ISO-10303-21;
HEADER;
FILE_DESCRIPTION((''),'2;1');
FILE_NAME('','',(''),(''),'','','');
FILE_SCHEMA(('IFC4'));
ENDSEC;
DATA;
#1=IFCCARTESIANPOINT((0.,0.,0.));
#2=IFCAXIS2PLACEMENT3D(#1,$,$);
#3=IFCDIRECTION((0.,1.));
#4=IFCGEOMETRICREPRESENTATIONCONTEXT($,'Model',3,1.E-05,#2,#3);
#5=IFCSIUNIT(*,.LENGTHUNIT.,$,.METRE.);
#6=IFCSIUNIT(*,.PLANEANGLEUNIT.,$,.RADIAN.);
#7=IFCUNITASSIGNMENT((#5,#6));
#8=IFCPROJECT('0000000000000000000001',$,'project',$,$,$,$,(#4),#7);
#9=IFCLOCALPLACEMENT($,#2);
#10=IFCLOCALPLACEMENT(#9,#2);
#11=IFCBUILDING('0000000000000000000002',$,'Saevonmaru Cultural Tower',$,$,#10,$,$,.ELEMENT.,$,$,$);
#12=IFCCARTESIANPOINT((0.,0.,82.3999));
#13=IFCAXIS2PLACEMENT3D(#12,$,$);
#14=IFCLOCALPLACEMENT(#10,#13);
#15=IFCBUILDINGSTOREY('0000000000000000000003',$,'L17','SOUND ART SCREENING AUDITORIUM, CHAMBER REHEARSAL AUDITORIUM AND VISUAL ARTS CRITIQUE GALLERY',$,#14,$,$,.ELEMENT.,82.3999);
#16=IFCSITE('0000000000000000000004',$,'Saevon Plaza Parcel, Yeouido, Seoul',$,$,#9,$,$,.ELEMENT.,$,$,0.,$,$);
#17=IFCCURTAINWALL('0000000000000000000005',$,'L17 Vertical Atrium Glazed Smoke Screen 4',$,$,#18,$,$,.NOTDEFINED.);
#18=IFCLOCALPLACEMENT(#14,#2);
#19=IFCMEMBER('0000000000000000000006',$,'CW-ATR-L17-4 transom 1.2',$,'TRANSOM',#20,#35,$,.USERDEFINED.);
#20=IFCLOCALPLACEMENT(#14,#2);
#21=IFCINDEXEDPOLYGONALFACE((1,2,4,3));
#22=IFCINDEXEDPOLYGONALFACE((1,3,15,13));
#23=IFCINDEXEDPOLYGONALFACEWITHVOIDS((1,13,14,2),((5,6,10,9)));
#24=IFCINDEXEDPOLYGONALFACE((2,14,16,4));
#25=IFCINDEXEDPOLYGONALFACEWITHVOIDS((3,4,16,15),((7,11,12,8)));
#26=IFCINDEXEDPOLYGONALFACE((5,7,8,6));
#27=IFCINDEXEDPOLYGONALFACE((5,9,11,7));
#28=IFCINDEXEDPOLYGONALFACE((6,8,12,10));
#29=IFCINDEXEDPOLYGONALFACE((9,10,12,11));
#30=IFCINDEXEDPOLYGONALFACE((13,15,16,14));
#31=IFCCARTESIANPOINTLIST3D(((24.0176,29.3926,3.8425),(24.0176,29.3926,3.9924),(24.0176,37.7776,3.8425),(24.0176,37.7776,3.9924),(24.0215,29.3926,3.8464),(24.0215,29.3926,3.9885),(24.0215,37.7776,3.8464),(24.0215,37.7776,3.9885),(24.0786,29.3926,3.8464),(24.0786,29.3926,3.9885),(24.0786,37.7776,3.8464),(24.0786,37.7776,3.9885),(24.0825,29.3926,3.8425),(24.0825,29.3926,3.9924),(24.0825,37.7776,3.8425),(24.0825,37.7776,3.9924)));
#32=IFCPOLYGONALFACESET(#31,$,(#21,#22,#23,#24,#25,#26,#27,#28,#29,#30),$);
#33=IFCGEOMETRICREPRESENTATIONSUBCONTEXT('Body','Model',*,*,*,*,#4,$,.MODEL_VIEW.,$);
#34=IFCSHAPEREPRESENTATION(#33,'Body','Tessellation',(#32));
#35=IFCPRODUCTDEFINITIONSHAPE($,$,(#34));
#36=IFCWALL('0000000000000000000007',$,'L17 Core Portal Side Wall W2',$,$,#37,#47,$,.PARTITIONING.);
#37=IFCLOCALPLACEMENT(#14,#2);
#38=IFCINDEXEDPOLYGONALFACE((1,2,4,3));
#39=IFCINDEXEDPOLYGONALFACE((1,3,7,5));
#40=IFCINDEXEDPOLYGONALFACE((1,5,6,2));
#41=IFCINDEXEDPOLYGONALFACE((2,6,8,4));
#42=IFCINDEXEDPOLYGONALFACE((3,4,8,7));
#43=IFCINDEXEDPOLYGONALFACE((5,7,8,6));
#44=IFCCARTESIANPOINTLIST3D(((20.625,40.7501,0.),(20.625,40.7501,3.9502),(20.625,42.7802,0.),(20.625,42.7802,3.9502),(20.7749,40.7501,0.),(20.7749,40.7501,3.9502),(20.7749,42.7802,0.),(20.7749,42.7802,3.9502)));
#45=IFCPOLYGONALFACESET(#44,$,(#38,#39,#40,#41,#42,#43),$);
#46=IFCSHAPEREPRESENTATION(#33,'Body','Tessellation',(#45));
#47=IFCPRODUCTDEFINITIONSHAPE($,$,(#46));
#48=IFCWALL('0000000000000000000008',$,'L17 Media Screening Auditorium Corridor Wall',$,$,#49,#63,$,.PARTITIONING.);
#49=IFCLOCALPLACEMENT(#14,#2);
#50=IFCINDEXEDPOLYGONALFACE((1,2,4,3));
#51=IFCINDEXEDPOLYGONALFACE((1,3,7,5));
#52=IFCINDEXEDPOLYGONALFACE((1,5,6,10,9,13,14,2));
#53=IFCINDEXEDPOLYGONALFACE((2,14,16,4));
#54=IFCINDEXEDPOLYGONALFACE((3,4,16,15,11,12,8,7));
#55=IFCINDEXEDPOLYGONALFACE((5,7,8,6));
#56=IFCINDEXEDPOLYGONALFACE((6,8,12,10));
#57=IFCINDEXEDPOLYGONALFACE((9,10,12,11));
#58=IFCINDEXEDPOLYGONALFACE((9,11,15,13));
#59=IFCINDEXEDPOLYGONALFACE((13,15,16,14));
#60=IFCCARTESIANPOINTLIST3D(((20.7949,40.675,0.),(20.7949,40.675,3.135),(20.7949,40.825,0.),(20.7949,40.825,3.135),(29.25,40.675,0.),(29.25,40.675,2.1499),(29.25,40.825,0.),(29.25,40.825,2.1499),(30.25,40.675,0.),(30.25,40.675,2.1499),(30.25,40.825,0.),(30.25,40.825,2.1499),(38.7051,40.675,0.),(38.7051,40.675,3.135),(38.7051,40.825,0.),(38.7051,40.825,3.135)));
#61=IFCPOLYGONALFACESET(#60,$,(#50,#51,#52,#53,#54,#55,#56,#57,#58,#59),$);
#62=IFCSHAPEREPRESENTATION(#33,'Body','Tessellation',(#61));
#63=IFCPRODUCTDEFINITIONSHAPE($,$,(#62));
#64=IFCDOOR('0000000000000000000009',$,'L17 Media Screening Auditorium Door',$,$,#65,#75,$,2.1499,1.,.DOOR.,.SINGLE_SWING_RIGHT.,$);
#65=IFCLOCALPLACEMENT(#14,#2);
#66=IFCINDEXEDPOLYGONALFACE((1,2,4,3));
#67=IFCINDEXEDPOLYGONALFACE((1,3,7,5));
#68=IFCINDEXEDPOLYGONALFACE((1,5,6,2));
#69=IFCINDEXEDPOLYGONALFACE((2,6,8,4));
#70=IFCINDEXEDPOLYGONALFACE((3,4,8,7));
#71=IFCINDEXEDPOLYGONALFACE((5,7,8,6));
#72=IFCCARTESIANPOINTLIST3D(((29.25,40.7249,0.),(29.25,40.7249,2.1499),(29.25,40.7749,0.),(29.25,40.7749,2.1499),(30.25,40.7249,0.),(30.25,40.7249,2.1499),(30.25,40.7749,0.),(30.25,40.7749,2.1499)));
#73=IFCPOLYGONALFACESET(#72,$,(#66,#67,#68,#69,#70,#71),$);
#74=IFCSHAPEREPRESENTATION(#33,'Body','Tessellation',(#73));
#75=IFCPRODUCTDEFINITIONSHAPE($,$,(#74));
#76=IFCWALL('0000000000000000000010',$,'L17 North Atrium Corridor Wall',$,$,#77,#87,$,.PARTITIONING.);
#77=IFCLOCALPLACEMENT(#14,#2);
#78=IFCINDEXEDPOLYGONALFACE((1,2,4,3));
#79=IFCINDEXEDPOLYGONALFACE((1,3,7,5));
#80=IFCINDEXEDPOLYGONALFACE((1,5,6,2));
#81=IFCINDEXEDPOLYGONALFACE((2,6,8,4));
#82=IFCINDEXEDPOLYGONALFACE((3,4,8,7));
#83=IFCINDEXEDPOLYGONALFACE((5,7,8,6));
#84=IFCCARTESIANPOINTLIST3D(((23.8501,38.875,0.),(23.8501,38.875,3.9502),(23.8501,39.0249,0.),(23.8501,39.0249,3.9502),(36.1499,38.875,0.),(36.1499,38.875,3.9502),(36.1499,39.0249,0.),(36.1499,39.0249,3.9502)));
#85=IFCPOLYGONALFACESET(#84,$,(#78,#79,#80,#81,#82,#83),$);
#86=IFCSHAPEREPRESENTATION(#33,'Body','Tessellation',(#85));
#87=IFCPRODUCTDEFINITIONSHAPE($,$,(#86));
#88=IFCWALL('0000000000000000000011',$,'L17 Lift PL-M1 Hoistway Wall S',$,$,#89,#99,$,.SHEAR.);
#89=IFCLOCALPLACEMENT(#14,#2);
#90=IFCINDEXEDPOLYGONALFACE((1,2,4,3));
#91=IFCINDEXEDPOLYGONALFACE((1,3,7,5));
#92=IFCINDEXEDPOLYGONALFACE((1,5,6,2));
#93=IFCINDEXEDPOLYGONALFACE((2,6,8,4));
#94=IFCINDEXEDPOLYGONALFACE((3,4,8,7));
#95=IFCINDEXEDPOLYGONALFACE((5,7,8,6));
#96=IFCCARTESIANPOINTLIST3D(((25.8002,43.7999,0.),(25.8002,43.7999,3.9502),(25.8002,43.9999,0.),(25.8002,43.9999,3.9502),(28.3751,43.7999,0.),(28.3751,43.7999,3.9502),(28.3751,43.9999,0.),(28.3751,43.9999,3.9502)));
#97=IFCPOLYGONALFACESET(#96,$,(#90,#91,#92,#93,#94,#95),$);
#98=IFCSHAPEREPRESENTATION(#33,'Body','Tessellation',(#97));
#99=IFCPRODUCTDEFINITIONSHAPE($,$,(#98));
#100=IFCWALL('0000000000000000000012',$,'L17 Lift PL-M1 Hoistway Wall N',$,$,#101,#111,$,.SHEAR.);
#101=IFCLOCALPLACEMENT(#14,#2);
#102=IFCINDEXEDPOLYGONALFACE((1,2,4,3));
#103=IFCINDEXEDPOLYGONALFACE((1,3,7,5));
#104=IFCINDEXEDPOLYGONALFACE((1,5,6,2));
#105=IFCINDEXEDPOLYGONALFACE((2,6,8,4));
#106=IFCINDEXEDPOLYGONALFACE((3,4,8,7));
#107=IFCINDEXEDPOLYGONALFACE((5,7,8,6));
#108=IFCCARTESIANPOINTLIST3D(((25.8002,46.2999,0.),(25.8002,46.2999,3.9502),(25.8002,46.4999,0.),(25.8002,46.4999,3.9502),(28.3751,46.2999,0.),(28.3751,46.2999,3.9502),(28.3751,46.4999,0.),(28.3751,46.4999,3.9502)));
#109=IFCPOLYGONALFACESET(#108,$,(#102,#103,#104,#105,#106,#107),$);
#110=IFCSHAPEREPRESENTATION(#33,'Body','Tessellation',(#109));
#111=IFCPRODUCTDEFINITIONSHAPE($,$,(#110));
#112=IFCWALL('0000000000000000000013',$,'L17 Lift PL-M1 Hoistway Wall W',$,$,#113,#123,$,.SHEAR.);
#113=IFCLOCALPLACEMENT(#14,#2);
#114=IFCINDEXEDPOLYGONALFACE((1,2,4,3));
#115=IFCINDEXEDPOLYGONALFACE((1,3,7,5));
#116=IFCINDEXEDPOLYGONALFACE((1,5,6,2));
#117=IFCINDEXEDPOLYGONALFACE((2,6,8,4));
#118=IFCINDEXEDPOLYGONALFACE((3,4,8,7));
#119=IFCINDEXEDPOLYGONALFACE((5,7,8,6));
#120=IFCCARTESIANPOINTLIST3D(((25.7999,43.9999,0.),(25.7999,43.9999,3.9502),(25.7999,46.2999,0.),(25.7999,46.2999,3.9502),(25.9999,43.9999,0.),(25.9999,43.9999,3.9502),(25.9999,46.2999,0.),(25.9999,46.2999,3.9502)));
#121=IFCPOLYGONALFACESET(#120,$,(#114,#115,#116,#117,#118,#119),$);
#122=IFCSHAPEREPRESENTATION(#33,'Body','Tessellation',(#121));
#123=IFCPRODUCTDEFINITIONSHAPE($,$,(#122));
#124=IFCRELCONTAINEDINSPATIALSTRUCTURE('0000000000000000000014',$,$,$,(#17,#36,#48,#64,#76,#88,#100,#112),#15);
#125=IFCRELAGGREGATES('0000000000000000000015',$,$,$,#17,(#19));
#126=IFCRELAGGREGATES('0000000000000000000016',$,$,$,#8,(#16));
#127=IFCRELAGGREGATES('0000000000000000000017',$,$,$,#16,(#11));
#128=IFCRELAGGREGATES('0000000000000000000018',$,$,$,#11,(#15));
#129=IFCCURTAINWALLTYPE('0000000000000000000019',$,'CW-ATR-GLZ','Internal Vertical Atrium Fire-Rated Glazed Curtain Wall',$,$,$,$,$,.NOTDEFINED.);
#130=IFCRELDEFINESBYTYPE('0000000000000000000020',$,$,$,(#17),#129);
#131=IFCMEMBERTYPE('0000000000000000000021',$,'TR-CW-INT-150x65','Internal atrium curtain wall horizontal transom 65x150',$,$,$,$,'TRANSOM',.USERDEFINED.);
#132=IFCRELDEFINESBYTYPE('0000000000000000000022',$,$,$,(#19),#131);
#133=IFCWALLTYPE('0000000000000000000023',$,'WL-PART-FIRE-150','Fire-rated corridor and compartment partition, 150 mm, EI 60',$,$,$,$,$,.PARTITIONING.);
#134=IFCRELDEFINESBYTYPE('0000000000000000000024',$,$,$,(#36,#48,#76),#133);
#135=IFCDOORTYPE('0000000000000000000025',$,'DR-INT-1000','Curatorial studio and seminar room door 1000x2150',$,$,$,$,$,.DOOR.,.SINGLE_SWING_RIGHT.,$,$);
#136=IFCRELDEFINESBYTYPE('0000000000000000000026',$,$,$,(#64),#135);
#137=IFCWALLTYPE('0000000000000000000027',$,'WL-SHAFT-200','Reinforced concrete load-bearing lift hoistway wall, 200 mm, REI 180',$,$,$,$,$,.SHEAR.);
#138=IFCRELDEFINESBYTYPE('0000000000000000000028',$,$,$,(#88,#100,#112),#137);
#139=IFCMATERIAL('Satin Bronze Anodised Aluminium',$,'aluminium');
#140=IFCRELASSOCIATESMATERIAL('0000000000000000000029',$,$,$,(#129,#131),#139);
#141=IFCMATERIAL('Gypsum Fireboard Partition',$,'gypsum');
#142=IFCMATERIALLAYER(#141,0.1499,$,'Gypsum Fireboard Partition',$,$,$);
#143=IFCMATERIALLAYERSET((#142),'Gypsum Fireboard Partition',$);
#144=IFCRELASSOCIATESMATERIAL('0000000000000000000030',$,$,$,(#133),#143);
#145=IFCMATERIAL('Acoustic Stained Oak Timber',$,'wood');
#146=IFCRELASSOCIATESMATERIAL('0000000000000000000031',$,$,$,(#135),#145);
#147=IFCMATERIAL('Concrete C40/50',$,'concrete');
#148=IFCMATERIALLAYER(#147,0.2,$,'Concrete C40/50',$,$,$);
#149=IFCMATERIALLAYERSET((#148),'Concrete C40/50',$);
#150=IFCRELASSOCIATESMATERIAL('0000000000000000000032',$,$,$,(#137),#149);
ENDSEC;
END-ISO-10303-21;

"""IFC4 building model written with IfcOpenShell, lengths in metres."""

from ifc_helpers import new_model, si_unit, direction, frame, frame_2d, origin, origin_2d, place, context, subcontext, project, spatial, rectangle, hollow_rectangle, extrude, material, layer, layer_set, material_profile, profile_set, type_object, element, fill, aggregate, save


model = new_model("IFC4")

# Units and contexts
model_context = context("Model", 3, precision=1e-05, world=origin(), true_north=direction((0.0, 1.0)))
body_context = subcontext(model_context, "Body", "Model", "MODEL_VIEW")
ifc_project = project(units=[si_unit("LENGTHUNIT", "METRE"), si_unit("PLANEANGLEUNIT", "RADIAN")], contexts=[model_context])

# Site, building, storey
site_placement = place(None, origin())
site = spatial("IfcSite", under=ifc_project, at=site_placement, Name="Saevon Plaza Parcel, Yeouido, Seoul", CompositionType="ELEMENT", RefElevation=0.0)
building_placement = place(site_placement, origin())
building = spatial("IfcBuilding", under=site, at=building_placement, Name="Saevonmaru Cultural Tower", CompositionType="ELEMENT")
storey_placement = place(building_placement, frame((0.0, 0.0, 82.3999)))
storey = spatial("IfcBuildingStorey", under=building, at=storey_placement, Name="L17", Description="SOUND ART SCREENING AUDITORIUM, CHAMBER REHEARSAL AUDITORIUM AND VISUAL ARTS CRITIQUE GALLERY", CompositionType="ELEMENT", Elevation=82.3999)

# Shared definitions
ifc_material_1 = material(Name="Satin Bronze Anodised Aluminium", Category="aluminium")
curtain_wall_type = type_object("IfcCurtainWallType", Name="CW-ATR-GLZ", Description="Internal Vertical Atrium Fire-Rated Glazed Curtain Wall", PredefinedType="NOTDEFINED", material=ifc_material_1)

# Curtain wall, member
curtain_wall_1_placement = place(storey_placement, origin())
curtain_wall_1 = element("IfcCurtainWall", 1, at=curtain_wall_1_placement, inside=storey, type_object=curtain_wall_type, Name="L17 Vertical Atrium Glazed Smoke Screen 4", PredefinedType="NOTDEFINED")
ifc_material_profile_1 = material_profile(ifc_material_1, hollow_rectangle(XDim=0.0649, YDim=0.1499, WallThickness=0.0039, at=origin_2d()), Name="ALU-TRAN-150x65x4")
ifc_profile_set_1 = profile_set([ifc_material_profile_1], Name="Satin Bronze Anodised Aluminium")
member_type_1 = type_object("IfcMemberType", Name="TR-CW-INT-150x65", Description="Internal atrium curtain wall horizontal transom 65x150", ElementType="TRANSOM", PredefinedType="USERDEFINED", material=ifc_profile_set_1)
member_1_placement = place(storey_placement, frame((24.05, 37.7776, 3.9175), z_axis=(0.0, -1.0, 0.0), x_axis=(1.0, 0.0, 0.0)))
member_1 = element("IfcMember", 2, at=member_1_placement, type_object=member_type_1, Name="CW-ATR-L17-4 transom 1.2", ObjectType="TRANSOM", PredefinedType="USERDEFINED", context=body_context, shape_type="SweptSolid", body=[
    extrude(hollow_rectangle(XDim=0.0649, YDim=0.1499, WallThickness=0.0039, at=origin_2d()), origin(), (0.0, 0.0, 1.0), 8.385),
])
aggregate(curtain_wall_1, [member_1])

# Shared definitions
ifc_material_2 = material(Name="Gypsum Fireboard Partition", Category="gypsum")

# Wall
ifc_layer_1 = layer(ifc_material_2, 0.1499, Name="Gypsum Fireboard Partition")
ifc_layer_set_1 = layer_set([ifc_layer_1], Name="Gypsum Fireboard Partition")
wall_type_1 = type_object("IfcWallType", Name="WL-PART-FIRE-150", Description="Fire-rated corridor and compartment partition, 150 mm, EI 60", PredefinedType="PARTITIONING", material=ifc_layer_set_1)
wall_1_placement = place(storey_placement, frame((20.7, 40.75, 0.0), z_axis=(0.0, 0.0, 1.0), x_axis=(0.0, 1.0, 0.0)))
element("IfcWall", 3, at=wall_1_placement, inside=storey, type_object=wall_type_1, Name="L17 Core Portal Side Wall W2", PredefinedType="PARTITIONING", context=body_context, shape_type="SweptSolid", body=[
    extrude(rectangle(XDim=2.03, YDim=0.1499, at=frame_2d((1.0151, 0.0))), origin(), (0.0, 0.0, 1.0), 3.9502),
])

# Wall, opening, door
wall_2_placement = place(storey_placement, frame((20.7949, 40.75, 0.0), z_axis=(0.0, 0.0, 1.0), x_axis=(1.0, 0.0, 0.0)))
wall_2 = element("IfcWall", 4, at=wall_2_placement, inside=storey, type_object=wall_type_1, Name="L17 Media Screening Auditorium Corridor Wall", PredefinedType="PARTITIONING", context=body_context, shape_type="SweptSolid", body=[
    extrude(rectangle(XDim=17.9102, YDim=0.1499, at=frame_2d((8.9551, 0.0))), origin(), (0.0, 0.0, 1.0), 3.135),
])
opening_1_placement = place(wall_2_placement, frame((8.4551, 0.0, 0.0)))
opening_1 = element("IfcOpeningElement", 5, at=opening_1_placement, cuts=wall_2, PredefinedType="OPENING", context=body_context, shape_type="SweptSolid", body=[
    extrude(rectangle(XDim=1.0, YDim=2.1499, at=frame_2d((0.5, 1.075))), frame((0.0, 0.085, 0.0), z_axis=(0.0, -1.0, 0.0), x_axis=(1.0, 0.0, 0.0)), (0.0, 0.0, 1.0), 0.1699),
])
ifc_material_3 = material(Name="Acoustic Stained Oak Timber", Category="wood")
door_type_1 = type_object("IfcDoorType", Name="DR-INT-1000", Description="Curatorial studio and seminar room door 1000x2150", OperationType="SINGLE_SWING_RIGHT", PredefinedType="DOOR", material=ifc_material_3)
door_1_placement = place(opening_1_placement, origin())
door_1 = element("IfcDoor", 6, at=door_1_placement, inside=storey, type_object=door_type_1, Name="L17 Media Screening Auditorium Door", OperationType="SINGLE_SWING_RIGHT", OverallHeight=2.1499, OverallWidth=1.0, PredefinedType="DOOR", context=body_context, shape_type="SweptSolid", body=[
    extrude(rectangle(XDim=1.0, YDim=2.1499, at=frame_2d((0.5, 1.075))), frame((0.0, 0.0249, 0.0), z_axis=(0.0, -1.0, 0.0), x_axis=(1.0, 0.0, 0.0)), (0.0, 0.0, 1.0), 0.05),
])
fill(opening_1, door_1)

# Walls
wall_3_placement = place(storey_placement, frame((23.8501, 38.95, 0.0), z_axis=(0.0, 0.0, 1.0), x_axis=(1.0, 0.0, 0.0)))
element("IfcWall", 7, at=wall_3_placement, inside=storey, type_object=wall_type_1, Name="L17 North Atrium Corridor Wall", PredefinedType="PARTITIONING", context=body_context, shape_type="SweptSolid", body=[
    extrude(rectangle(XDim=12.2998, YDim=0.1499, at=frame_2d((6.1499, 0.0))), origin(), (0.0, 0.0, 1.0), 3.9502),
])
ifc_material_4 = material(Name="Concrete C40/50", Category="concrete")
ifc_layer_2 = layer(ifc_material_4, 0.2, Name="Concrete C40/50")
ifc_layer_set_2 = layer_set([ifc_layer_2], Name="Concrete C40/50")
wall_type_2 = type_object("IfcWallType", Name="WL-SHAFT-200", Description="Reinforced concrete load-bearing lift hoistway wall, 200 mm, REI 180", PredefinedType="SHEAR", material=ifc_layer_set_2)
for number, where, z_axis, x_axis, name in (
    (8, (25.8, 43.8999, 0.0), (0.0, 0.0, 1.0), (1.0, 0.0, 0.0), "L17 Lift PL-M1 Hoistway Wall S"),
    (9, (25.8, 46.3999, 0.0), (0.0, 0.0, 1.0), (1.0, 0.0, 0.0), "L17 Lift PL-M1 Hoistway Wall N"),
):
    element("IfcWall", number, at=place(storey_placement, frame(where, z_axis=z_axis, x_axis=x_axis)), inside=storey, type_object=wall_type_2, Name=name, PredefinedType="SHEAR", context=body_context, shape_type="SweptSolid", body=[
        extrude(rectangle(XDim=2.575, YDim=0.2, at=frame_2d((1.2876, 0.0))), origin(), (0.0, 0.0, 1.0), 3.9502),
    ])
wall_4_placement = place(storey_placement, frame((25.8999, 44.0, 0.0), z_axis=(0.0, 0.0, 1.0), x_axis=(0.0, 1.0, 0.0)))
element("IfcWall", 10, at=wall_4_placement, inside=storey, type_object=wall_type_2, Name="L17 Lift PL-M1 Hoistway Wall W", PredefinedType="SHEAR", context=body_context, shape_type="SweptSolid", body=[
    extrude(rectangle(XDim=2.3, YDim=0.2, at=frame_2d((1.1499, 0.0))), origin(), (0.0, 0.0, 1.0), 3.9502),
])

save(model, "model.ifc")
